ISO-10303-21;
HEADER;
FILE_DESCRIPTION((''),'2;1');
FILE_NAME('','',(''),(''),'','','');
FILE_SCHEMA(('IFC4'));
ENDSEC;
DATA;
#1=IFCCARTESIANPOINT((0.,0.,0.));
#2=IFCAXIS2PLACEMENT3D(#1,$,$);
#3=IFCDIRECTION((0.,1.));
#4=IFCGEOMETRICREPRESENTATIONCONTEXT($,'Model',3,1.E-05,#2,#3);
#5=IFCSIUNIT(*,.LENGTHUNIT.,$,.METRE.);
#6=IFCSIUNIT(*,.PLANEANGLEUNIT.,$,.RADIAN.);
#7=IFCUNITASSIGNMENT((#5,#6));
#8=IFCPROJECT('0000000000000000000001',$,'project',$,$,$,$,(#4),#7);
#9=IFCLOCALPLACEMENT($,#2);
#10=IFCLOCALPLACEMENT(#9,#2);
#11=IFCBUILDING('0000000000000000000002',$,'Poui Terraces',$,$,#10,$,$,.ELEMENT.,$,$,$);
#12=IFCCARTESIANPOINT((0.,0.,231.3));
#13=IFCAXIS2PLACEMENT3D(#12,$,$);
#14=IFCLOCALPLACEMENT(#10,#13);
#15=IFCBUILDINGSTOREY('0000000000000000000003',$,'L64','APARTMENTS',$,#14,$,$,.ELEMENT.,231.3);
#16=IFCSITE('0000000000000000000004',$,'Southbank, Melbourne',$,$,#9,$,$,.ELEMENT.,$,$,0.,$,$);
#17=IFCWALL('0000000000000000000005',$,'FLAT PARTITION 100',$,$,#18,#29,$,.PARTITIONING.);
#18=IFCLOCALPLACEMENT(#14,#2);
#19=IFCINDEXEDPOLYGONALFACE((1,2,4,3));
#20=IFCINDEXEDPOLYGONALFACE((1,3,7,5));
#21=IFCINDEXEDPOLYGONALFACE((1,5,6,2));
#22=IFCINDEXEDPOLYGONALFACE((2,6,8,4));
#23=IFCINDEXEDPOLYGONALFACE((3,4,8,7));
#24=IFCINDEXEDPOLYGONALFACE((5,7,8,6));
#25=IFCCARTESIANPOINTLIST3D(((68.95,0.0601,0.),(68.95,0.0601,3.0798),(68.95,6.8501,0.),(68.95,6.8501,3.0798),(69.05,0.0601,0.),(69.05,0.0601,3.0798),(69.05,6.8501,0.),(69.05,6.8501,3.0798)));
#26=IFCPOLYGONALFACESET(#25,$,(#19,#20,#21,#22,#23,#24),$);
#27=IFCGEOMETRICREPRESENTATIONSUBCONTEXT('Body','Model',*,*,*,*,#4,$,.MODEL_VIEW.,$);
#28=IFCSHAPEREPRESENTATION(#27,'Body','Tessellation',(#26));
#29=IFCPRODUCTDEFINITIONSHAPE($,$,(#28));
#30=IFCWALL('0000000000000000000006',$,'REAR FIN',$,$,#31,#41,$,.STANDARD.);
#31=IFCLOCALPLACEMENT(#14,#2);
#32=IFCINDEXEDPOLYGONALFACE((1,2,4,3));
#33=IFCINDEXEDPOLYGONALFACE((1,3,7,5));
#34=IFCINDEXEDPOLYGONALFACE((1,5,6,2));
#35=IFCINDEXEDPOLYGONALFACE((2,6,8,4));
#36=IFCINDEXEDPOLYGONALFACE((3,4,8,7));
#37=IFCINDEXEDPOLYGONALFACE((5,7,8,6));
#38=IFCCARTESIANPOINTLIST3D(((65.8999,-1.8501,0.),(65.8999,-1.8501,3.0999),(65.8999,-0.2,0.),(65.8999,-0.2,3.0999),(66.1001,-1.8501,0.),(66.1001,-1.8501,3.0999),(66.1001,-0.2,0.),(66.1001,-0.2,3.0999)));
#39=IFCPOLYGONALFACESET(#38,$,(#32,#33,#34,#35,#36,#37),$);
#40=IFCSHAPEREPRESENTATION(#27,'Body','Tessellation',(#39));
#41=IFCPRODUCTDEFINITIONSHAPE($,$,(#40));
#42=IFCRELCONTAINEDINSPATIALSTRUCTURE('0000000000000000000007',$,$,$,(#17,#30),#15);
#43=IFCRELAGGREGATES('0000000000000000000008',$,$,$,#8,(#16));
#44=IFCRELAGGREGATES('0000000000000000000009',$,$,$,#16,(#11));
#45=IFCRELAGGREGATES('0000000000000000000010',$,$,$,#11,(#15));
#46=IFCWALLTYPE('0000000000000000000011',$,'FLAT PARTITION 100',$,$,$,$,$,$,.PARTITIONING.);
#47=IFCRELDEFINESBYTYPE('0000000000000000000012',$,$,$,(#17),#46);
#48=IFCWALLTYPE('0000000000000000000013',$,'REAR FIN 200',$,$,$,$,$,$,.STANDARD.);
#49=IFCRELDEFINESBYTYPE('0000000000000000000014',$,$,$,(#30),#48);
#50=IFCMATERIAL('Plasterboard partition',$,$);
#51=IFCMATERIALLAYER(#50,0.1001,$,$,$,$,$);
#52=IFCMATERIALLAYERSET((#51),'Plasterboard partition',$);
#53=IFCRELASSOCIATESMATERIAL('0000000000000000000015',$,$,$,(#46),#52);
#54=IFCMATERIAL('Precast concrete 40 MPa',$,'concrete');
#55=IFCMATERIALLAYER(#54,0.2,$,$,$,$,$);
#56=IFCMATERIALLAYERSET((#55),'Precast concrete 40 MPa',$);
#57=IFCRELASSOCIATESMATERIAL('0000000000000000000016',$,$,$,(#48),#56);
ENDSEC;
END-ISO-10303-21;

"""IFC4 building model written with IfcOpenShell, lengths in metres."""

from ifc_helpers import new_model, si_unit, direction, frame, frame_2d, origin, place, context, subcontext, project, spatial, polyline, rectangle, outline, extrude, source, transform, mapped, material, layer, layer_set, type_object, element, save


model = new_model("IFC4")

# Units and contexts
model_context = context("Model", 3, precision=1e-05, world=origin(), true_north=direction((0.0, 1.0)))
body_context = subcontext(model_context, "Body", "Model", "MODEL_VIEW")
ifc_project = project(units=[si_unit("LENGTHUNIT", "METRE"), si_unit("PLANEANGLEUNIT", "RADIAN")], contexts=[model_context])

# Site, building, storey
site_placement = place(None, origin())
site = spatial("IfcSite", under=ifc_project, at=site_placement, Name="Southbank, Melbourne", CompositionType="ELEMENT", RefElevation=0.0)
building_placement = place(site_placement, origin())
building = spatial("IfcBuilding", under=site, at=building_placement, Name="Poui Terraces", CompositionType="ELEMENT")
storey_placement = place(building_placement, frame((0.0, 0.0, 231.3)))
storey = spatial("IfcBuildingStorey", under=building, at=storey_placement, Name="L64", Description="APARTMENTS", CompositionType="ELEMENT", Elevation=231.3)

# Shared definitions
ifc_material_1 = material(Name="Plasterboard partition")
ifc_layer_1 = layer(ifc_material_1, 0.1001)
ifc_layer_set_1 = layer_set([ifc_layer_1], Name="Plasterboard partition")
wall_type_1 = type_object("IfcWallType", Name="FLAT PARTITION 100", PredefinedType="PARTITIONING", material=ifc_layer_set_1)

# Walls
wall_1_placement = place(storey_placement, frame((69.0, 0.0601, 0.0), z_axis=(0.0, 0.0, 1.0), x_axis=(0.0, 1.0, 0.0)))
element("IfcWall", 1, at=wall_1_placement, inside=storey, type_object=wall_type_1, Name="FLAT PARTITION 100", PredefinedType="PARTITIONING", context=body_context, shape_type="SweptSolid", body=[
    extrude(rectangle(XDim=6.79, YDim=0.1001, at=frame_2d((3.395, 0.0))), origin(), (0.0, 0.0, 1.0), 3.0798),
])
ifc_material_2 = material(Name="Precast concrete 40 MPa", Category="concrete")
ifc_layer_2 = layer(ifc_material_2, 0.2)
ifc_layer_set_2 = layer_set([ifc_layer_2], Name="Precast concrete 40 MPa")
wall_type_2 = type_object("IfcWallType", Name="REAR FIN 200", PredefinedType="STANDARD", material=ifc_layer_set_2)
shared_shape_1 = source(origin(), body_context, "Body", "SweptSolid", [
    extrude(outline(polyline([(0.0, 0.0), (0.2002, 0.0), (0.2002, 1.6501), (0.0, 1.6501), (0.0, 0.0)])), origin(), (0.0, 0.0, 1.0), 3.0999),
])
wall_2_placement = place(storey_placement, frame((65.8999, -1.8501, 0.0)))
element("IfcWall", 2, at=wall_2_placement, inside=storey, type_object=wall_type_2, Name="REAR FIN", PredefinedType="STANDARD", context=body_context, shape_type="MappedRepresentation", body=[
    mapped(shared_shape_1, transform((0.0, 0.0, 0.0))),
])

save(model, "model.ifc")
